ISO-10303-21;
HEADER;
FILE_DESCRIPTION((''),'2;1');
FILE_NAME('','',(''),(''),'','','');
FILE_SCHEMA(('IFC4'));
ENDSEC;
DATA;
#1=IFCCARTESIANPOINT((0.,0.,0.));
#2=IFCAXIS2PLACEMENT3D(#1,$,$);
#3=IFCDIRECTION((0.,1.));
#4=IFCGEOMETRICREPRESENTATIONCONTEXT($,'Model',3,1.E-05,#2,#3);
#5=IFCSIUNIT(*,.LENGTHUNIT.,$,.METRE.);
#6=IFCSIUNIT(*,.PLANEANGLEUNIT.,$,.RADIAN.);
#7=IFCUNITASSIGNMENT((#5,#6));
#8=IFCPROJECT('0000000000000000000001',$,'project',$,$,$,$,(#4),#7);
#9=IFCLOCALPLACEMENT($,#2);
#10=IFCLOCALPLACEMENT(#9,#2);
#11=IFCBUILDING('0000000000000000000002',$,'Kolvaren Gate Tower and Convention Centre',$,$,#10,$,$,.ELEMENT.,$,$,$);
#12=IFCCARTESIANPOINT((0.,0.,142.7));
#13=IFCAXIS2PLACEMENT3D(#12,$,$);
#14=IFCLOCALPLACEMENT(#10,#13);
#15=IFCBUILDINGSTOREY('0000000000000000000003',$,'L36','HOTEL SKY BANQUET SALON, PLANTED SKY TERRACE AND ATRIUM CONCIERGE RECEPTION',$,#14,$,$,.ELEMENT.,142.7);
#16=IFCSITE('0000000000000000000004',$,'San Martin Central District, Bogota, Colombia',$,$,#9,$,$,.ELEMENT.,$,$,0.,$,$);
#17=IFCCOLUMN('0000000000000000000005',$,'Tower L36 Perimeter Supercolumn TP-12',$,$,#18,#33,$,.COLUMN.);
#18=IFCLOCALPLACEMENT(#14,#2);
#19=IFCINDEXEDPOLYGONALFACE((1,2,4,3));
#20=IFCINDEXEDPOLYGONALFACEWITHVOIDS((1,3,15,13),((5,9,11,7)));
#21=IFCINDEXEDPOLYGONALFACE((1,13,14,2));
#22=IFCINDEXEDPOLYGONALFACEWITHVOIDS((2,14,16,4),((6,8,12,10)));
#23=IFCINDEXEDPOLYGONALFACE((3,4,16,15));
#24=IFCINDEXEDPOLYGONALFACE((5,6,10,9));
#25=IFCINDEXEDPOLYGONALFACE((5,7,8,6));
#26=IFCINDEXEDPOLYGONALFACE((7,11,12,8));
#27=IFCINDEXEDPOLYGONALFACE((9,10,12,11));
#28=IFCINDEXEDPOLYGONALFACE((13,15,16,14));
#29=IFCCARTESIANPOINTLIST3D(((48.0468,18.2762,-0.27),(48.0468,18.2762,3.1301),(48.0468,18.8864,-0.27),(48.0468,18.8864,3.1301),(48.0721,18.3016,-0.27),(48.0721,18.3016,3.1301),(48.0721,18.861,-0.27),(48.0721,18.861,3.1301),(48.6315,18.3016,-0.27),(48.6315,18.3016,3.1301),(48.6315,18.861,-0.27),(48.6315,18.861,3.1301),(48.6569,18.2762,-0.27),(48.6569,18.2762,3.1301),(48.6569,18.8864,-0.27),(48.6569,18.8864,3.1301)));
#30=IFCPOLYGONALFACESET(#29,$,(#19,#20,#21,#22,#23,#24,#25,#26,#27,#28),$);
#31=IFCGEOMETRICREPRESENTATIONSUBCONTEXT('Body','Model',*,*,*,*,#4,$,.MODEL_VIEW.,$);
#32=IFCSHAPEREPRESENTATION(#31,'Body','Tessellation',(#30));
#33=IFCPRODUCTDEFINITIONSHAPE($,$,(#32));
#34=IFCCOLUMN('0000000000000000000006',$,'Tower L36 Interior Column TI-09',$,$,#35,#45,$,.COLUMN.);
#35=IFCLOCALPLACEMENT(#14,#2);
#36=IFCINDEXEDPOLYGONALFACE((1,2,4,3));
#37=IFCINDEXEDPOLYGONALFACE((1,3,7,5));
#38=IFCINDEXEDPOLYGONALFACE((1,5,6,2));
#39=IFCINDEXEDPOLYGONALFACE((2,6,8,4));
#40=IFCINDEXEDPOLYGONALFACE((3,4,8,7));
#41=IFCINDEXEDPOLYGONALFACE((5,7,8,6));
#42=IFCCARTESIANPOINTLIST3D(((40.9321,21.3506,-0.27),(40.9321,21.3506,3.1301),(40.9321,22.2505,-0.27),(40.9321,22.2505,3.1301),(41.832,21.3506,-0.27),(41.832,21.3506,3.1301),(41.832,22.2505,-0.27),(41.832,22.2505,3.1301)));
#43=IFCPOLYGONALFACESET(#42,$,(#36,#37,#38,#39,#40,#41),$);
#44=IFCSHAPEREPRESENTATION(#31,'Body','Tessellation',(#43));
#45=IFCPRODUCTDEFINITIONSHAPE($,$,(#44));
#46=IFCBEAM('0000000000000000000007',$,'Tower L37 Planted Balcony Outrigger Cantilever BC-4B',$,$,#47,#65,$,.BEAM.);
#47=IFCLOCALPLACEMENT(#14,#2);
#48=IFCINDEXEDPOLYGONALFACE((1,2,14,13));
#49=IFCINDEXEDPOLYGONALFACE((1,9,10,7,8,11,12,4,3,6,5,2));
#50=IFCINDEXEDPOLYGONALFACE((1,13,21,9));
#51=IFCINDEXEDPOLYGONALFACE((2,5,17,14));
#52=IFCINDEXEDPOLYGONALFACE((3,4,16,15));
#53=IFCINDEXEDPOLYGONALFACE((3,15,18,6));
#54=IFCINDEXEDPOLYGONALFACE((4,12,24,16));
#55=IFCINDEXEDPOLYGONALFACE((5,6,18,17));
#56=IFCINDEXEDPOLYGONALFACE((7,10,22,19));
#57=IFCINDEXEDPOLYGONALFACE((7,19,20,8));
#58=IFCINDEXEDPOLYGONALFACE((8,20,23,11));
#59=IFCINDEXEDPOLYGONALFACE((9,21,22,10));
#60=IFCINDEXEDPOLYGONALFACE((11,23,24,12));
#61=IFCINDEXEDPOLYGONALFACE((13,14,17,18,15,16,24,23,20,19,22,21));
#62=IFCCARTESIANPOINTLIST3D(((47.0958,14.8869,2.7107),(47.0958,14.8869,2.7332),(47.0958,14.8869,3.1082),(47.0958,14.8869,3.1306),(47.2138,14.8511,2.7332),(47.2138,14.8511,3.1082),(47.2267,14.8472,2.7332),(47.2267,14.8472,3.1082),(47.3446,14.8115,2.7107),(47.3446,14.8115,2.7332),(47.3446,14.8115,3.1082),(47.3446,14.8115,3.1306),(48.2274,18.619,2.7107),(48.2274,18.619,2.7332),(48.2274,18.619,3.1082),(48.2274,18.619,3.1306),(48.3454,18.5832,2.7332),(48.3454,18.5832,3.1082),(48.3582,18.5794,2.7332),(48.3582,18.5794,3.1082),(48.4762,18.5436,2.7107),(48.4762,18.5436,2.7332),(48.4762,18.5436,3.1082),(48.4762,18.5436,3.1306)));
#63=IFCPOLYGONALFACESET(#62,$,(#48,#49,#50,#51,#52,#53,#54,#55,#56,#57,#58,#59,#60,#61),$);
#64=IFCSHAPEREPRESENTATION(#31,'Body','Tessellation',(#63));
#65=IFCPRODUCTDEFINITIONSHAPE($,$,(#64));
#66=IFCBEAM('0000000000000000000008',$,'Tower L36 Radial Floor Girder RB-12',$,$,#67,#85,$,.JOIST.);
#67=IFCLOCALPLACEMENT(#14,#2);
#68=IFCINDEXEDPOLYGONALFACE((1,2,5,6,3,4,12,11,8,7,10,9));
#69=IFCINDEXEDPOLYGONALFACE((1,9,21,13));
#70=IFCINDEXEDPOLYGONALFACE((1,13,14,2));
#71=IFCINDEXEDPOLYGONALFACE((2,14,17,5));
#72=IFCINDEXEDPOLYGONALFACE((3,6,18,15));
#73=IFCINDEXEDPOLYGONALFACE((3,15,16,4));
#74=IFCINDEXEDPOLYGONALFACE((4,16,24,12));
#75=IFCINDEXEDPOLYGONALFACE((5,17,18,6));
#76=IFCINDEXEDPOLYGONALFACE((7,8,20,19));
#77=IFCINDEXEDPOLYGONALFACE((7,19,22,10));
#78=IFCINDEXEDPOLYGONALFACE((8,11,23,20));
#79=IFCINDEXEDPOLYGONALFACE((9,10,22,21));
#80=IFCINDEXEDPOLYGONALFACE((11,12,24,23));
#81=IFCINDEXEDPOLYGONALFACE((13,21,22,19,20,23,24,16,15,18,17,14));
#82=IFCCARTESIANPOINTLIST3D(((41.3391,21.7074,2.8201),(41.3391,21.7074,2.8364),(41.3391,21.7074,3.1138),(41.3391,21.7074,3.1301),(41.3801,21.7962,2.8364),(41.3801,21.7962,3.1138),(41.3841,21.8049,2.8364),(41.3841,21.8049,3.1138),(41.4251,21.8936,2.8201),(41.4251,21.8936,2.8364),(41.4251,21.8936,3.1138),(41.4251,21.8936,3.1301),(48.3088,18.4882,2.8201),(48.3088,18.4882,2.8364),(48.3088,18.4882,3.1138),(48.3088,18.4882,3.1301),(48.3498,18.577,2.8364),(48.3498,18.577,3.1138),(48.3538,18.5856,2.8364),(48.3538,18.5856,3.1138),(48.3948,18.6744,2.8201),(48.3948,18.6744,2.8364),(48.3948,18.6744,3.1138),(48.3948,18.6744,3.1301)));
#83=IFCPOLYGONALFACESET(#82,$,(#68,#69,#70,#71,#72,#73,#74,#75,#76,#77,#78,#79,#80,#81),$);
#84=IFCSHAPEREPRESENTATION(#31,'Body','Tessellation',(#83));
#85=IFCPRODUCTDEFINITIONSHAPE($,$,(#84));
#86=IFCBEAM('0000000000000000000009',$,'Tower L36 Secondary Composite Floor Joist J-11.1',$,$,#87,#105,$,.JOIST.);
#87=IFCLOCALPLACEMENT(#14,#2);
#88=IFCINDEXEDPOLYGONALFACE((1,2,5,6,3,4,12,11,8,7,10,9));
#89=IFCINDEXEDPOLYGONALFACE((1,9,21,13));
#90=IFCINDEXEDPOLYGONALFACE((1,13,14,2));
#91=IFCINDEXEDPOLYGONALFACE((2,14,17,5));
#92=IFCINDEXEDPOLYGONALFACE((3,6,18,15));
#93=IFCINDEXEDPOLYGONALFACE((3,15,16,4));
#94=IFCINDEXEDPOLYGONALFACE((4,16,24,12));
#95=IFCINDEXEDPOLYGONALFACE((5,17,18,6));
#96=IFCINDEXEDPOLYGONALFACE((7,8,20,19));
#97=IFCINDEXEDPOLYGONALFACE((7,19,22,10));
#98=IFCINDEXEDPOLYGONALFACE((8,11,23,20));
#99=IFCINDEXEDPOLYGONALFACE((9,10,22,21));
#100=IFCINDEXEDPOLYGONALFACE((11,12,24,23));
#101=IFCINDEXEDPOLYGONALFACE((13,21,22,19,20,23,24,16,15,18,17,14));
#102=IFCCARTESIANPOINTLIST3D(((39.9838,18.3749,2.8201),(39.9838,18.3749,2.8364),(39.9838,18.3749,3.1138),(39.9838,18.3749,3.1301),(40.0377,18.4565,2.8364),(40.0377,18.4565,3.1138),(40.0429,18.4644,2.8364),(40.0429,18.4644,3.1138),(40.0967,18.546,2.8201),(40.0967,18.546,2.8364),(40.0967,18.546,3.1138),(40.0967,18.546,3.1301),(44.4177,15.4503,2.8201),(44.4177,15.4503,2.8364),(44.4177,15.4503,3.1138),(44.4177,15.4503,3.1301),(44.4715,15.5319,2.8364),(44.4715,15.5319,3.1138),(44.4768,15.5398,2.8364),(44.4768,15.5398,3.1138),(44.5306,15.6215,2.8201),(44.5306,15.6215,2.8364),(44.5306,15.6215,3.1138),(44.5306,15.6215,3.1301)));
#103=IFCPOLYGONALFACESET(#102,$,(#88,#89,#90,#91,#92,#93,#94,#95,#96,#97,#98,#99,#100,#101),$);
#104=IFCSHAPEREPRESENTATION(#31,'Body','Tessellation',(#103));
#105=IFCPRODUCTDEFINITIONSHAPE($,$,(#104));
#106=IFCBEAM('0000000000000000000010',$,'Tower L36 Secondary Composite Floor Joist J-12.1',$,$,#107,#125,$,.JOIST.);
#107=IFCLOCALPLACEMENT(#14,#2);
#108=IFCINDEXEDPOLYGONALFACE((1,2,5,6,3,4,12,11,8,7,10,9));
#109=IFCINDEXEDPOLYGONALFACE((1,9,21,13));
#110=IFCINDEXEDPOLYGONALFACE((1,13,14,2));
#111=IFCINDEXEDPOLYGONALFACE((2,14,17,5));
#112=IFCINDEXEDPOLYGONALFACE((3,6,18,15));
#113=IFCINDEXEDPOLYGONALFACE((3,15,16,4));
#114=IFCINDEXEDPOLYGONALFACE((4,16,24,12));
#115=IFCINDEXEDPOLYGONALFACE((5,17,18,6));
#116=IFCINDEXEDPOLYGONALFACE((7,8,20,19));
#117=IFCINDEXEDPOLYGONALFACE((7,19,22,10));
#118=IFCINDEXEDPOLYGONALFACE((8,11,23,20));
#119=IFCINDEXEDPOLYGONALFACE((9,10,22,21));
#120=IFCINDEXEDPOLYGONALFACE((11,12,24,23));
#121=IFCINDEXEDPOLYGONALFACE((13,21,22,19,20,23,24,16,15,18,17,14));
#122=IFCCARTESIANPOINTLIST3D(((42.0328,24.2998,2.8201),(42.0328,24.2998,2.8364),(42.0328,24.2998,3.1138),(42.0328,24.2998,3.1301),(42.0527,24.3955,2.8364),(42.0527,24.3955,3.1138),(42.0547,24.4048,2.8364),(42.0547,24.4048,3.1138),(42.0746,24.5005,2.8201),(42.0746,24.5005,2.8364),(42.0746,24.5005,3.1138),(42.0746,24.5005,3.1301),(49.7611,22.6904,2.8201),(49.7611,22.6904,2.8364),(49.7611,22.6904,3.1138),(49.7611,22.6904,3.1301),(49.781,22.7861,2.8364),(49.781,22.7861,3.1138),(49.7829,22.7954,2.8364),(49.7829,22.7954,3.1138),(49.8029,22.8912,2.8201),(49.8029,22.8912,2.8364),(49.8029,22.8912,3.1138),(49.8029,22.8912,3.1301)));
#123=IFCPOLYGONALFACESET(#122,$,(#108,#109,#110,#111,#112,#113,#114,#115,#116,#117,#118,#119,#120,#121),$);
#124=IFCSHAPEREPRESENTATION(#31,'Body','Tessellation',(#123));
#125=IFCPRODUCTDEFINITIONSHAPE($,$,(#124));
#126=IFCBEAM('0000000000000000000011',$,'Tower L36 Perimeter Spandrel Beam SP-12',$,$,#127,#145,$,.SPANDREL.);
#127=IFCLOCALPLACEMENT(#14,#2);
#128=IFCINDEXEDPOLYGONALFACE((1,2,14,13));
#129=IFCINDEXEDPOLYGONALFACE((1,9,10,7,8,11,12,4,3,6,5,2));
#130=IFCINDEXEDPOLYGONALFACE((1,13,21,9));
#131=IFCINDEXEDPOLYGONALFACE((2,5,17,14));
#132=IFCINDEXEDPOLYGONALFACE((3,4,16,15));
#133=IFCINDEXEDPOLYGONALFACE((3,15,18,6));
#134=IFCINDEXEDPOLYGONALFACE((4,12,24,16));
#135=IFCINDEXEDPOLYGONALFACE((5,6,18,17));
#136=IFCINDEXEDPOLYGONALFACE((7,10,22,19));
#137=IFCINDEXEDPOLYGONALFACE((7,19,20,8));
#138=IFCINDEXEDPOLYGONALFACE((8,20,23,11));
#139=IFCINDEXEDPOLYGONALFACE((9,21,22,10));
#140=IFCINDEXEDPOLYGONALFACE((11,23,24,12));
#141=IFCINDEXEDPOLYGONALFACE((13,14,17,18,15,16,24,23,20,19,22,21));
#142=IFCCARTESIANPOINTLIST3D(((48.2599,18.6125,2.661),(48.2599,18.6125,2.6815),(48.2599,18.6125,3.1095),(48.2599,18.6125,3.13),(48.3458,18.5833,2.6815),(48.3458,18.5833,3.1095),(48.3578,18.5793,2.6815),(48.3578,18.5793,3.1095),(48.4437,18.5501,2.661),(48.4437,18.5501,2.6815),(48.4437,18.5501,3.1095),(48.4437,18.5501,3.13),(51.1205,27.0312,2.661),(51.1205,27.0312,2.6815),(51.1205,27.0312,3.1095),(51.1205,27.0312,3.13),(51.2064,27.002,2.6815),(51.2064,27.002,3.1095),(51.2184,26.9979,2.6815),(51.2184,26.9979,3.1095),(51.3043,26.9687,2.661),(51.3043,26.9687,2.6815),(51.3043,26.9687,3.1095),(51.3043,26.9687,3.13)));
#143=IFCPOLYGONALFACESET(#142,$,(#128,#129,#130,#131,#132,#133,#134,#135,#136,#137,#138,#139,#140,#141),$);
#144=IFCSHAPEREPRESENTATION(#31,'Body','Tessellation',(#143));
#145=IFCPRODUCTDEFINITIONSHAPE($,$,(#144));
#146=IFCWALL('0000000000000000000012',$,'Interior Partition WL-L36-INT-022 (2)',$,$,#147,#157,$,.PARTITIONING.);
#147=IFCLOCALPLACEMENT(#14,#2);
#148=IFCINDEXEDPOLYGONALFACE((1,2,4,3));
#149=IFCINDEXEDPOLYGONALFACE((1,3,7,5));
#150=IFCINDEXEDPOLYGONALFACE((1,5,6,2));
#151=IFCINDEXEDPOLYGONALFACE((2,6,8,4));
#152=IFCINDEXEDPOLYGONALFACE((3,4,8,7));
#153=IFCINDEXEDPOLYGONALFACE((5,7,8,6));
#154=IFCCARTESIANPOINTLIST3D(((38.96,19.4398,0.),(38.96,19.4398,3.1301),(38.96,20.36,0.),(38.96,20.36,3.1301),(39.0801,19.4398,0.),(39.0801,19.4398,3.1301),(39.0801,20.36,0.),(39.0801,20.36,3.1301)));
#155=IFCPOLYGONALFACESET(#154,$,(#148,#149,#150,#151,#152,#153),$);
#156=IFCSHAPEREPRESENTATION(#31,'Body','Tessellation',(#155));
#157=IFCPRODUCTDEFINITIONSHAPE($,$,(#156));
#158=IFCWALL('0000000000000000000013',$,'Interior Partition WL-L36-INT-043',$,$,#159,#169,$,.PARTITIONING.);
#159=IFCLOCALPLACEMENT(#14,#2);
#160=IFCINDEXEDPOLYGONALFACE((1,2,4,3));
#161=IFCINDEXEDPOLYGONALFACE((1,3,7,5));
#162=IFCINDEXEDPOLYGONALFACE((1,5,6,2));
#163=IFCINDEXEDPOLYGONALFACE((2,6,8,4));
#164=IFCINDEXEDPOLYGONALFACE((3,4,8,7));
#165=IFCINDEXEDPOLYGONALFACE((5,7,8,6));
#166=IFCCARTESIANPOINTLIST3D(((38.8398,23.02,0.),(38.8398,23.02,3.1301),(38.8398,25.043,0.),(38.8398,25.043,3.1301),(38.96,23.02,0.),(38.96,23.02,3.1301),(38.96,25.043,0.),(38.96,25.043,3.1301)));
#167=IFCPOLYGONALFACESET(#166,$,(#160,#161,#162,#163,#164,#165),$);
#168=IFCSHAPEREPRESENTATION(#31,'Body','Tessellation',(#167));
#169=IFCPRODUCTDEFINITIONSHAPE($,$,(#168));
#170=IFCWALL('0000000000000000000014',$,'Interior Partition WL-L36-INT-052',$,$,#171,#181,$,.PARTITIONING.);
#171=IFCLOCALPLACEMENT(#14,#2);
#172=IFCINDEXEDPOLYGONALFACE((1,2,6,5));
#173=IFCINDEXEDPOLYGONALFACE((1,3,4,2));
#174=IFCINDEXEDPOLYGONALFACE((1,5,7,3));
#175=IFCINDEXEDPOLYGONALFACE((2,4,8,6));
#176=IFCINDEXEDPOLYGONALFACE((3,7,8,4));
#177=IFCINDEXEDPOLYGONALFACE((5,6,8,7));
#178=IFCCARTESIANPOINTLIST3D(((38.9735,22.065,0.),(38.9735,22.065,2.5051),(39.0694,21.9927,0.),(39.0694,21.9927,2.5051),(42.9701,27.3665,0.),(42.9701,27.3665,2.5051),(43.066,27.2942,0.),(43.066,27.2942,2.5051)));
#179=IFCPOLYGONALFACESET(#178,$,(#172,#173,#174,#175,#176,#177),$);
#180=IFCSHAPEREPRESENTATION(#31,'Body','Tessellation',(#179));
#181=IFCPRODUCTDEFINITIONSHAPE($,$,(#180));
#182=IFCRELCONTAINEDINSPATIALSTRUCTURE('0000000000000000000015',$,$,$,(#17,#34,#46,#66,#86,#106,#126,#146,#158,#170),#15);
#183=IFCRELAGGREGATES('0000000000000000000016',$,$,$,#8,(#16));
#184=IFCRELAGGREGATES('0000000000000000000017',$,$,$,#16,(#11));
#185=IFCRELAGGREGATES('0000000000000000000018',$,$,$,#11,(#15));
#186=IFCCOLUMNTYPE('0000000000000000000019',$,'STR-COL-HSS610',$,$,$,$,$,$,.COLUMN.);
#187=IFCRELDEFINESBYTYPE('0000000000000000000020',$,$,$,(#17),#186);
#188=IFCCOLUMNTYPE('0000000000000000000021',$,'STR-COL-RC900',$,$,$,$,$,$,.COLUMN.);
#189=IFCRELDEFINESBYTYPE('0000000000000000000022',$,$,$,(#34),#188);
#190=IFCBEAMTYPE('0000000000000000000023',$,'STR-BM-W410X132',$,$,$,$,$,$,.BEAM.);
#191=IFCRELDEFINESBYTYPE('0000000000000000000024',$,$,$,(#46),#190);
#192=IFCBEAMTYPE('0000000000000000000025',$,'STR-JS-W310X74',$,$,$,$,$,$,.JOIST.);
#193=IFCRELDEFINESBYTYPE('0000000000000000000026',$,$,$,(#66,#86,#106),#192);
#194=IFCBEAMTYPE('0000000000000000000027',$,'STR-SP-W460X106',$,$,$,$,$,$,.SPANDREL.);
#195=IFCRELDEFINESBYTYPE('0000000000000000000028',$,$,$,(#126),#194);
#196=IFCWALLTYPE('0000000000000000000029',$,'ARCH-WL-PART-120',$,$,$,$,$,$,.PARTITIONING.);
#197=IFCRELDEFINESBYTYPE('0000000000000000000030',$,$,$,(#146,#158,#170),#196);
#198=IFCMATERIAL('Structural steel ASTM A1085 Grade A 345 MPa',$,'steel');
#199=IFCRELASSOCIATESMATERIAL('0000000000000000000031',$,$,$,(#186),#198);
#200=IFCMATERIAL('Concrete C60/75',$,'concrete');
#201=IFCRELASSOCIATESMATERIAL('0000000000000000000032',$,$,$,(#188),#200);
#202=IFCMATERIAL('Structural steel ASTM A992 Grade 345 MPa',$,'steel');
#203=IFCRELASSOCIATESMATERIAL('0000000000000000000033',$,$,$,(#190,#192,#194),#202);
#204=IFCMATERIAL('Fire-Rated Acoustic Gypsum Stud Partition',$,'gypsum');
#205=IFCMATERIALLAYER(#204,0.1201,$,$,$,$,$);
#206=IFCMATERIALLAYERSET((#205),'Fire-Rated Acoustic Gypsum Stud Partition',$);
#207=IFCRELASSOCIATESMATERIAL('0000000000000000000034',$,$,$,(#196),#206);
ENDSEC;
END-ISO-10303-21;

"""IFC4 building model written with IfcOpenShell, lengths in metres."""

from ifc_helpers import new_model, si_unit, direction, frame, frame_2d, origin, origin_2d, place, context, subcontext, project, spatial, rectangle, hollow_rectangle, i_section, extrude, material, layer, layer_set, material_profile, profile_set, type_object, element, save


model = new_model("IFC4")

# Units and contexts
model_context = context("Model", 3, precision=1e-05, world=origin(), true_north=direction((0.0, 1.0)))
body_context = subcontext(model_context, "Body", "Model", "MODEL_VIEW")
ifc_project = project(units=[si_unit("LENGTHUNIT", "METRE"), si_unit("PLANEANGLEUNIT", "RADIAN")], contexts=[model_context])

# Site, building, storey
site_placement = place(None, origin())
site = spatial("IfcSite", under=ifc_project, at=site_placement, Name="San Martin Central District, Bogota, Colombia", CompositionType="ELEMENT", RefElevation=0.0)
building_placement = place(site_placement, origin())
building = spatial("IfcBuilding", under=site, at=building_placement, Name="Kolvaren Gate Tower and Convention Centre", CompositionType="ELEMENT")
storey_placement = place(building_placement, frame((0.0, 0.0, 142.7)))
storey = spatial("IfcBuildingStorey", under=building, at=storey_placement, Name="L36", Description="HOTEL SKY BANQUET SALON, PLANTED SKY TERRACE AND ATRIUM CONCIERGE RECEPTION", CompositionType="ELEMENT", Elevation=142.7)

# Columns
ifc_material_1 = material(Name="Structural steel ASTM A1085 Grade A 345 MPa", Category="steel")
ifc_material_profile_1 = material_profile(ifc_material_1, hollow_rectangle(XDim=0.6101, YDim=0.6101, WallThickness=0.0254, at=origin_2d()), Name="HSS610X610X25.4")
ifc_profile_set_1 = profile_set([ifc_material_profile_1], Name="Structural steel ASTM A1085 Grade A 345 MPa")
column_type_1 = type_object("IfcColumnType", Name="STR-COL-HSS610", PredefinedType="COLUMN", material=ifc_profile_set_1)
column_1_placement = place(storey_placement, frame((48.3518, 18.5813, -0.27), z_axis=(0.0, 0.0, 1.0), x_axis=(1.0, 0.0, 0.0)))
element("IfcColumn", 1, at=column_1_placement, inside=storey, type_object=column_type_1, Name="Tower L36 Perimeter Supercolumn TP-12", PredefinedType="COLUMN", context=body_context, shape_type="SweptSolid", body=[
    extrude(hollow_rectangle(XDim=0.6101, YDim=0.6101, WallThickness=0.0254, at=origin_2d()), origin(), (0.0, 0.0, 1.0), 3.4001),
])
ifc_material_2 = material(Name="Concrete C60/75", Category="concrete")
ifc_material_profile_2 = material_profile(ifc_material_2, rectangle(XDim=0.8999, YDim=0.8999, at=origin_2d()), Name="RC-COL-900X900")
ifc_profile_set_2 = profile_set([ifc_material_profile_2], Name="Concrete C60/75")
column_type_2 = type_object("IfcColumnType", Name="STR-COL-RC900", PredefinedType="COLUMN", material=ifc_profile_set_2)
column_2_placement = place(storey_placement, frame((41.3821, 21.8005, -0.27), z_axis=(0.0, 0.0, 1.0), x_axis=(1.0, 0.0, 0.0)))
element("IfcColumn", 2, at=column_2_placement, inside=storey, type_object=column_type_2, Name="Tower L36 Interior Column TI-09", PredefinedType="COLUMN", context=body_context, shape_type="SweptSolid", body=[
    extrude(rectangle(XDim=0.8999, YDim=0.8999, at=origin_2d()), origin(), (0.0, 0.0, 1.0), 3.4001),
])

# Beams
ifc_material_3 = material(Name="Structural steel ASTM A992 Grade 345 MPa", Category="steel")
ifc_material_profile_3 = material_profile(ifc_material_3, i_section(OverallWidth=0.26, OverallDepth=0.4199, WebThickness=0.0134, FlangeThickness=0.0225, at=origin_2d()), Name="W410X132")
ifc_profile_set_3 = profile_set([ifc_material_profile_3], Name="Structural steel ASTM A992 Grade 345 MPa")
beam_type_1 = type_object("IfcBeamType", Name="STR-BM-W410X132", PredefinedType="BEAM", material=ifc_profile_set_3)
beam_1_placement = place(storey_placement, frame((48.3518, 18.5813, 2.9207), z_axis=(-0.290155, -0.95698, 0.0), x_axis=(0.95698, -0.290155, 0.0)))
element("IfcBeam", 3, at=beam_1_placement, inside=storey, type_object=beam_type_1, Name="Tower L37 Planted Balcony Outrigger Cantilever BC-4B", PredefinedType="BEAM", context=body_context, shape_type="SweptSolid", body=[
    extrude(i_section(OverallWidth=0.26, OverallDepth=0.4199, WebThickness=0.0134, FlangeThickness=0.0225, at=origin_2d()), origin(), (0.0, 0.0, 1.0), 3.8999),
])
ifc_material_profile_4 = material_profile(ifc_material_3, i_section(OverallWidth=0.2051, OverallDepth=0.3101, WebThickness=0.0095, FlangeThickness=0.0164, at=origin_2d()), Name="W310X74")
ifc_profile_set_4 = profile_set([ifc_material_profile_4], Name="Structural steel ASTM A992 Grade 345 MPa")
beam_type_2 = type_object("IfcBeamType", Name="STR-JS-W310X74", PredefinedType="JOIST", material=ifc_profile_set_4)
beam_2_placement = place(storey_placement, frame((41.3821, 21.8005, 2.9751), z_axis=(0.907838, -0.41932, 0.0), x_axis=(0.41932, 0.907838, 0.0)))
element("IfcBeam", 4, at=beam_2_placement, inside=storey, type_object=beam_type_2, Name="Tower L36 Radial Floor Girder RB-12", PredefinedType="JOIST", context=body_context, shape_type="SweptSolid", body=[
    extrude(i_section(OverallWidth=0.2051, OverallDepth=0.3101, WebThickness=0.0095, FlangeThickness=0.0164, at=origin_2d()), origin(), (0.0, 0.0, 1.0), 7.6772),
])
beam_3_placement = place(storey_placement, frame((40.0403, 18.4604, 2.9751), z_axis=(0.834763, -0.55061, 0.0), x_axis=(0.55061, 0.834763, 0.0)))
element("IfcBeam", 5, at=beam_3_placement, inside=storey, type_object=beam_type_2, Name="Tower L36 Secondary Composite Floor Joist J-11.1", PredefinedType="JOIST", context=body_context, shape_type="SweptSolid", body=[
    extrude(i_section(OverallWidth=0.2051, OverallDepth=0.3101, WebThickness=0.0095, FlangeThickness=0.0164, at=origin_2d()), origin(), (0.0, 0.0, 1.0), 5.3115),
])
beam_4_placement = place(storey_placement, frame((42.0537, 24.4001, 2.9751), z_axis=(0.978998, -0.203872, 0.0), x_axis=(0.203872, 0.978998, 0.0)))
element("IfcBeam", 6, at=beam_4_placement, inside=storey, type_object=beam_type_2, Name="Tower L36 Secondary Composite Floor Joist J-12.1", PredefinedType="JOIST", context=body_context, shape_type="SweptSolid", body=[
    extrude(i_section(OverallWidth=0.2051, OverallDepth=0.3101, WebThickness=0.0095, FlangeThickness=0.0164, at=origin_2d()), origin(), (0.0, 0.0, 1.0), 7.894),
])
ifc_material_profile_5 = material_profile(ifc_material_3, i_section(OverallWidth=0.1941, OverallDepth=0.469, WebThickness=0.0127, FlangeThickness=0.0205, at=origin_2d()), Name="W460X106")
ifc_profile_set_5 = profile_set([ifc_material_profile_5], Name="Structural steel ASTM A992 Grade 345 MPa")
beam_type_3 = type_object("IfcBeamType", Name="STR-SP-W460X106", PredefinedType="SPANDREL", material=ifc_profile_set_5)
beam_5_placement = place(storey_placement, frame((48.3518, 18.5813, 2.8955), z_axis=(0.321725, 0.946833, 0.0), x_axis=(-0.946833, 0.321725, 0.0)))
element("IfcBeam", 7, at=beam_5_placement, inside=storey, type_object=beam_type_3, Name="Tower L36 Perimeter Spandrel Beam SP-12", PredefinedType="SPANDREL", context=body_context, shape_type="SweptSolid", body=[
    extrude(i_section(OverallWidth=0.1941, OverallDepth=0.469, WebThickness=0.0127, FlangeThickness=0.0205, at=origin_2d()), origin(), (0.0, 0.0, 1.0), 8.8914),
])

# Walls
ifc_material_4 = material(Name="Fire-Rated Acoustic Gypsum Stud Partition", Category="gypsum")
ifc_layer_1 = layer(ifc_material_4, 0.1201)
ifc_layer_set_1 = layer_set([ifc_layer_1], Name="Fire-Rated Acoustic Gypsum Stud Partition")
wall_type_1 = type_object("IfcWallType", Name="ARCH-WL-PART-120", PredefinedType="PARTITIONING", material=ifc_layer_set_1)
wall_1_placement = place(storey_placement, frame((39.02, 19.4399, 0.0), z_axis=(0.0, 0.0, 1.0), x_axis=(0.0, 1.0, 0.0)))
element("IfcWall", 8, at=wall_1_placement, inside=storey, type_object=wall_type_1, Name="Interior Partition WL-L36-INT-022 (2)", PredefinedType="PARTITIONING", context=body_context, shape_type="SweptSolid", body=[
    extrude(rectangle(XDim=0.9202, YDim=0.1201, at=frame_2d((0.46, 0.0))), origin(), (0.0, 0.0, 1.0), 3.1301),
])
wall_2_placement = place(storey_placement, frame((38.8999, 23.02, 0.0), z_axis=(0.0, 0.0, 1.0), x_axis=(0.0, 1.0, 0.0)))
element("IfcWall", 9, at=wall_2_placement, inside=storey, type_object=wall_type_1, Name="Interior Partition WL-L36-INT-043", PredefinedType="PARTITIONING", context=body_context, shape_type="SweptSolid", body=[
    extrude(rectangle(XDim=2.0229, YDim=0.1201, at=frame_2d((1.0115, 0.0))), origin(), (0.0, 0.0, 1.0), 3.1301),
])
wall_3_placement = place(storey_placement, frame((39.0215, 22.0288, 0.0), z_axis=(0.0, 0.0, 1.0), x_axis=(0.601969, 0.798519, 0.0)))
element("IfcWall", 10, at=wall_3_placement, inside=storey, type_object=wall_type_1, Name="Interior Partition WL-L36-INT-052", PredefinedType="PARTITIONING", context=body_context, shape_type="SweptSolid", body=[
    extrude(rectangle(XDim=6.6392, YDim=0.1201, at=frame_2d((3.3196, 0.0))), origin(), (0.0, 0.0, 1.0), 2.5051),
])

save(model, "model.ifc")
